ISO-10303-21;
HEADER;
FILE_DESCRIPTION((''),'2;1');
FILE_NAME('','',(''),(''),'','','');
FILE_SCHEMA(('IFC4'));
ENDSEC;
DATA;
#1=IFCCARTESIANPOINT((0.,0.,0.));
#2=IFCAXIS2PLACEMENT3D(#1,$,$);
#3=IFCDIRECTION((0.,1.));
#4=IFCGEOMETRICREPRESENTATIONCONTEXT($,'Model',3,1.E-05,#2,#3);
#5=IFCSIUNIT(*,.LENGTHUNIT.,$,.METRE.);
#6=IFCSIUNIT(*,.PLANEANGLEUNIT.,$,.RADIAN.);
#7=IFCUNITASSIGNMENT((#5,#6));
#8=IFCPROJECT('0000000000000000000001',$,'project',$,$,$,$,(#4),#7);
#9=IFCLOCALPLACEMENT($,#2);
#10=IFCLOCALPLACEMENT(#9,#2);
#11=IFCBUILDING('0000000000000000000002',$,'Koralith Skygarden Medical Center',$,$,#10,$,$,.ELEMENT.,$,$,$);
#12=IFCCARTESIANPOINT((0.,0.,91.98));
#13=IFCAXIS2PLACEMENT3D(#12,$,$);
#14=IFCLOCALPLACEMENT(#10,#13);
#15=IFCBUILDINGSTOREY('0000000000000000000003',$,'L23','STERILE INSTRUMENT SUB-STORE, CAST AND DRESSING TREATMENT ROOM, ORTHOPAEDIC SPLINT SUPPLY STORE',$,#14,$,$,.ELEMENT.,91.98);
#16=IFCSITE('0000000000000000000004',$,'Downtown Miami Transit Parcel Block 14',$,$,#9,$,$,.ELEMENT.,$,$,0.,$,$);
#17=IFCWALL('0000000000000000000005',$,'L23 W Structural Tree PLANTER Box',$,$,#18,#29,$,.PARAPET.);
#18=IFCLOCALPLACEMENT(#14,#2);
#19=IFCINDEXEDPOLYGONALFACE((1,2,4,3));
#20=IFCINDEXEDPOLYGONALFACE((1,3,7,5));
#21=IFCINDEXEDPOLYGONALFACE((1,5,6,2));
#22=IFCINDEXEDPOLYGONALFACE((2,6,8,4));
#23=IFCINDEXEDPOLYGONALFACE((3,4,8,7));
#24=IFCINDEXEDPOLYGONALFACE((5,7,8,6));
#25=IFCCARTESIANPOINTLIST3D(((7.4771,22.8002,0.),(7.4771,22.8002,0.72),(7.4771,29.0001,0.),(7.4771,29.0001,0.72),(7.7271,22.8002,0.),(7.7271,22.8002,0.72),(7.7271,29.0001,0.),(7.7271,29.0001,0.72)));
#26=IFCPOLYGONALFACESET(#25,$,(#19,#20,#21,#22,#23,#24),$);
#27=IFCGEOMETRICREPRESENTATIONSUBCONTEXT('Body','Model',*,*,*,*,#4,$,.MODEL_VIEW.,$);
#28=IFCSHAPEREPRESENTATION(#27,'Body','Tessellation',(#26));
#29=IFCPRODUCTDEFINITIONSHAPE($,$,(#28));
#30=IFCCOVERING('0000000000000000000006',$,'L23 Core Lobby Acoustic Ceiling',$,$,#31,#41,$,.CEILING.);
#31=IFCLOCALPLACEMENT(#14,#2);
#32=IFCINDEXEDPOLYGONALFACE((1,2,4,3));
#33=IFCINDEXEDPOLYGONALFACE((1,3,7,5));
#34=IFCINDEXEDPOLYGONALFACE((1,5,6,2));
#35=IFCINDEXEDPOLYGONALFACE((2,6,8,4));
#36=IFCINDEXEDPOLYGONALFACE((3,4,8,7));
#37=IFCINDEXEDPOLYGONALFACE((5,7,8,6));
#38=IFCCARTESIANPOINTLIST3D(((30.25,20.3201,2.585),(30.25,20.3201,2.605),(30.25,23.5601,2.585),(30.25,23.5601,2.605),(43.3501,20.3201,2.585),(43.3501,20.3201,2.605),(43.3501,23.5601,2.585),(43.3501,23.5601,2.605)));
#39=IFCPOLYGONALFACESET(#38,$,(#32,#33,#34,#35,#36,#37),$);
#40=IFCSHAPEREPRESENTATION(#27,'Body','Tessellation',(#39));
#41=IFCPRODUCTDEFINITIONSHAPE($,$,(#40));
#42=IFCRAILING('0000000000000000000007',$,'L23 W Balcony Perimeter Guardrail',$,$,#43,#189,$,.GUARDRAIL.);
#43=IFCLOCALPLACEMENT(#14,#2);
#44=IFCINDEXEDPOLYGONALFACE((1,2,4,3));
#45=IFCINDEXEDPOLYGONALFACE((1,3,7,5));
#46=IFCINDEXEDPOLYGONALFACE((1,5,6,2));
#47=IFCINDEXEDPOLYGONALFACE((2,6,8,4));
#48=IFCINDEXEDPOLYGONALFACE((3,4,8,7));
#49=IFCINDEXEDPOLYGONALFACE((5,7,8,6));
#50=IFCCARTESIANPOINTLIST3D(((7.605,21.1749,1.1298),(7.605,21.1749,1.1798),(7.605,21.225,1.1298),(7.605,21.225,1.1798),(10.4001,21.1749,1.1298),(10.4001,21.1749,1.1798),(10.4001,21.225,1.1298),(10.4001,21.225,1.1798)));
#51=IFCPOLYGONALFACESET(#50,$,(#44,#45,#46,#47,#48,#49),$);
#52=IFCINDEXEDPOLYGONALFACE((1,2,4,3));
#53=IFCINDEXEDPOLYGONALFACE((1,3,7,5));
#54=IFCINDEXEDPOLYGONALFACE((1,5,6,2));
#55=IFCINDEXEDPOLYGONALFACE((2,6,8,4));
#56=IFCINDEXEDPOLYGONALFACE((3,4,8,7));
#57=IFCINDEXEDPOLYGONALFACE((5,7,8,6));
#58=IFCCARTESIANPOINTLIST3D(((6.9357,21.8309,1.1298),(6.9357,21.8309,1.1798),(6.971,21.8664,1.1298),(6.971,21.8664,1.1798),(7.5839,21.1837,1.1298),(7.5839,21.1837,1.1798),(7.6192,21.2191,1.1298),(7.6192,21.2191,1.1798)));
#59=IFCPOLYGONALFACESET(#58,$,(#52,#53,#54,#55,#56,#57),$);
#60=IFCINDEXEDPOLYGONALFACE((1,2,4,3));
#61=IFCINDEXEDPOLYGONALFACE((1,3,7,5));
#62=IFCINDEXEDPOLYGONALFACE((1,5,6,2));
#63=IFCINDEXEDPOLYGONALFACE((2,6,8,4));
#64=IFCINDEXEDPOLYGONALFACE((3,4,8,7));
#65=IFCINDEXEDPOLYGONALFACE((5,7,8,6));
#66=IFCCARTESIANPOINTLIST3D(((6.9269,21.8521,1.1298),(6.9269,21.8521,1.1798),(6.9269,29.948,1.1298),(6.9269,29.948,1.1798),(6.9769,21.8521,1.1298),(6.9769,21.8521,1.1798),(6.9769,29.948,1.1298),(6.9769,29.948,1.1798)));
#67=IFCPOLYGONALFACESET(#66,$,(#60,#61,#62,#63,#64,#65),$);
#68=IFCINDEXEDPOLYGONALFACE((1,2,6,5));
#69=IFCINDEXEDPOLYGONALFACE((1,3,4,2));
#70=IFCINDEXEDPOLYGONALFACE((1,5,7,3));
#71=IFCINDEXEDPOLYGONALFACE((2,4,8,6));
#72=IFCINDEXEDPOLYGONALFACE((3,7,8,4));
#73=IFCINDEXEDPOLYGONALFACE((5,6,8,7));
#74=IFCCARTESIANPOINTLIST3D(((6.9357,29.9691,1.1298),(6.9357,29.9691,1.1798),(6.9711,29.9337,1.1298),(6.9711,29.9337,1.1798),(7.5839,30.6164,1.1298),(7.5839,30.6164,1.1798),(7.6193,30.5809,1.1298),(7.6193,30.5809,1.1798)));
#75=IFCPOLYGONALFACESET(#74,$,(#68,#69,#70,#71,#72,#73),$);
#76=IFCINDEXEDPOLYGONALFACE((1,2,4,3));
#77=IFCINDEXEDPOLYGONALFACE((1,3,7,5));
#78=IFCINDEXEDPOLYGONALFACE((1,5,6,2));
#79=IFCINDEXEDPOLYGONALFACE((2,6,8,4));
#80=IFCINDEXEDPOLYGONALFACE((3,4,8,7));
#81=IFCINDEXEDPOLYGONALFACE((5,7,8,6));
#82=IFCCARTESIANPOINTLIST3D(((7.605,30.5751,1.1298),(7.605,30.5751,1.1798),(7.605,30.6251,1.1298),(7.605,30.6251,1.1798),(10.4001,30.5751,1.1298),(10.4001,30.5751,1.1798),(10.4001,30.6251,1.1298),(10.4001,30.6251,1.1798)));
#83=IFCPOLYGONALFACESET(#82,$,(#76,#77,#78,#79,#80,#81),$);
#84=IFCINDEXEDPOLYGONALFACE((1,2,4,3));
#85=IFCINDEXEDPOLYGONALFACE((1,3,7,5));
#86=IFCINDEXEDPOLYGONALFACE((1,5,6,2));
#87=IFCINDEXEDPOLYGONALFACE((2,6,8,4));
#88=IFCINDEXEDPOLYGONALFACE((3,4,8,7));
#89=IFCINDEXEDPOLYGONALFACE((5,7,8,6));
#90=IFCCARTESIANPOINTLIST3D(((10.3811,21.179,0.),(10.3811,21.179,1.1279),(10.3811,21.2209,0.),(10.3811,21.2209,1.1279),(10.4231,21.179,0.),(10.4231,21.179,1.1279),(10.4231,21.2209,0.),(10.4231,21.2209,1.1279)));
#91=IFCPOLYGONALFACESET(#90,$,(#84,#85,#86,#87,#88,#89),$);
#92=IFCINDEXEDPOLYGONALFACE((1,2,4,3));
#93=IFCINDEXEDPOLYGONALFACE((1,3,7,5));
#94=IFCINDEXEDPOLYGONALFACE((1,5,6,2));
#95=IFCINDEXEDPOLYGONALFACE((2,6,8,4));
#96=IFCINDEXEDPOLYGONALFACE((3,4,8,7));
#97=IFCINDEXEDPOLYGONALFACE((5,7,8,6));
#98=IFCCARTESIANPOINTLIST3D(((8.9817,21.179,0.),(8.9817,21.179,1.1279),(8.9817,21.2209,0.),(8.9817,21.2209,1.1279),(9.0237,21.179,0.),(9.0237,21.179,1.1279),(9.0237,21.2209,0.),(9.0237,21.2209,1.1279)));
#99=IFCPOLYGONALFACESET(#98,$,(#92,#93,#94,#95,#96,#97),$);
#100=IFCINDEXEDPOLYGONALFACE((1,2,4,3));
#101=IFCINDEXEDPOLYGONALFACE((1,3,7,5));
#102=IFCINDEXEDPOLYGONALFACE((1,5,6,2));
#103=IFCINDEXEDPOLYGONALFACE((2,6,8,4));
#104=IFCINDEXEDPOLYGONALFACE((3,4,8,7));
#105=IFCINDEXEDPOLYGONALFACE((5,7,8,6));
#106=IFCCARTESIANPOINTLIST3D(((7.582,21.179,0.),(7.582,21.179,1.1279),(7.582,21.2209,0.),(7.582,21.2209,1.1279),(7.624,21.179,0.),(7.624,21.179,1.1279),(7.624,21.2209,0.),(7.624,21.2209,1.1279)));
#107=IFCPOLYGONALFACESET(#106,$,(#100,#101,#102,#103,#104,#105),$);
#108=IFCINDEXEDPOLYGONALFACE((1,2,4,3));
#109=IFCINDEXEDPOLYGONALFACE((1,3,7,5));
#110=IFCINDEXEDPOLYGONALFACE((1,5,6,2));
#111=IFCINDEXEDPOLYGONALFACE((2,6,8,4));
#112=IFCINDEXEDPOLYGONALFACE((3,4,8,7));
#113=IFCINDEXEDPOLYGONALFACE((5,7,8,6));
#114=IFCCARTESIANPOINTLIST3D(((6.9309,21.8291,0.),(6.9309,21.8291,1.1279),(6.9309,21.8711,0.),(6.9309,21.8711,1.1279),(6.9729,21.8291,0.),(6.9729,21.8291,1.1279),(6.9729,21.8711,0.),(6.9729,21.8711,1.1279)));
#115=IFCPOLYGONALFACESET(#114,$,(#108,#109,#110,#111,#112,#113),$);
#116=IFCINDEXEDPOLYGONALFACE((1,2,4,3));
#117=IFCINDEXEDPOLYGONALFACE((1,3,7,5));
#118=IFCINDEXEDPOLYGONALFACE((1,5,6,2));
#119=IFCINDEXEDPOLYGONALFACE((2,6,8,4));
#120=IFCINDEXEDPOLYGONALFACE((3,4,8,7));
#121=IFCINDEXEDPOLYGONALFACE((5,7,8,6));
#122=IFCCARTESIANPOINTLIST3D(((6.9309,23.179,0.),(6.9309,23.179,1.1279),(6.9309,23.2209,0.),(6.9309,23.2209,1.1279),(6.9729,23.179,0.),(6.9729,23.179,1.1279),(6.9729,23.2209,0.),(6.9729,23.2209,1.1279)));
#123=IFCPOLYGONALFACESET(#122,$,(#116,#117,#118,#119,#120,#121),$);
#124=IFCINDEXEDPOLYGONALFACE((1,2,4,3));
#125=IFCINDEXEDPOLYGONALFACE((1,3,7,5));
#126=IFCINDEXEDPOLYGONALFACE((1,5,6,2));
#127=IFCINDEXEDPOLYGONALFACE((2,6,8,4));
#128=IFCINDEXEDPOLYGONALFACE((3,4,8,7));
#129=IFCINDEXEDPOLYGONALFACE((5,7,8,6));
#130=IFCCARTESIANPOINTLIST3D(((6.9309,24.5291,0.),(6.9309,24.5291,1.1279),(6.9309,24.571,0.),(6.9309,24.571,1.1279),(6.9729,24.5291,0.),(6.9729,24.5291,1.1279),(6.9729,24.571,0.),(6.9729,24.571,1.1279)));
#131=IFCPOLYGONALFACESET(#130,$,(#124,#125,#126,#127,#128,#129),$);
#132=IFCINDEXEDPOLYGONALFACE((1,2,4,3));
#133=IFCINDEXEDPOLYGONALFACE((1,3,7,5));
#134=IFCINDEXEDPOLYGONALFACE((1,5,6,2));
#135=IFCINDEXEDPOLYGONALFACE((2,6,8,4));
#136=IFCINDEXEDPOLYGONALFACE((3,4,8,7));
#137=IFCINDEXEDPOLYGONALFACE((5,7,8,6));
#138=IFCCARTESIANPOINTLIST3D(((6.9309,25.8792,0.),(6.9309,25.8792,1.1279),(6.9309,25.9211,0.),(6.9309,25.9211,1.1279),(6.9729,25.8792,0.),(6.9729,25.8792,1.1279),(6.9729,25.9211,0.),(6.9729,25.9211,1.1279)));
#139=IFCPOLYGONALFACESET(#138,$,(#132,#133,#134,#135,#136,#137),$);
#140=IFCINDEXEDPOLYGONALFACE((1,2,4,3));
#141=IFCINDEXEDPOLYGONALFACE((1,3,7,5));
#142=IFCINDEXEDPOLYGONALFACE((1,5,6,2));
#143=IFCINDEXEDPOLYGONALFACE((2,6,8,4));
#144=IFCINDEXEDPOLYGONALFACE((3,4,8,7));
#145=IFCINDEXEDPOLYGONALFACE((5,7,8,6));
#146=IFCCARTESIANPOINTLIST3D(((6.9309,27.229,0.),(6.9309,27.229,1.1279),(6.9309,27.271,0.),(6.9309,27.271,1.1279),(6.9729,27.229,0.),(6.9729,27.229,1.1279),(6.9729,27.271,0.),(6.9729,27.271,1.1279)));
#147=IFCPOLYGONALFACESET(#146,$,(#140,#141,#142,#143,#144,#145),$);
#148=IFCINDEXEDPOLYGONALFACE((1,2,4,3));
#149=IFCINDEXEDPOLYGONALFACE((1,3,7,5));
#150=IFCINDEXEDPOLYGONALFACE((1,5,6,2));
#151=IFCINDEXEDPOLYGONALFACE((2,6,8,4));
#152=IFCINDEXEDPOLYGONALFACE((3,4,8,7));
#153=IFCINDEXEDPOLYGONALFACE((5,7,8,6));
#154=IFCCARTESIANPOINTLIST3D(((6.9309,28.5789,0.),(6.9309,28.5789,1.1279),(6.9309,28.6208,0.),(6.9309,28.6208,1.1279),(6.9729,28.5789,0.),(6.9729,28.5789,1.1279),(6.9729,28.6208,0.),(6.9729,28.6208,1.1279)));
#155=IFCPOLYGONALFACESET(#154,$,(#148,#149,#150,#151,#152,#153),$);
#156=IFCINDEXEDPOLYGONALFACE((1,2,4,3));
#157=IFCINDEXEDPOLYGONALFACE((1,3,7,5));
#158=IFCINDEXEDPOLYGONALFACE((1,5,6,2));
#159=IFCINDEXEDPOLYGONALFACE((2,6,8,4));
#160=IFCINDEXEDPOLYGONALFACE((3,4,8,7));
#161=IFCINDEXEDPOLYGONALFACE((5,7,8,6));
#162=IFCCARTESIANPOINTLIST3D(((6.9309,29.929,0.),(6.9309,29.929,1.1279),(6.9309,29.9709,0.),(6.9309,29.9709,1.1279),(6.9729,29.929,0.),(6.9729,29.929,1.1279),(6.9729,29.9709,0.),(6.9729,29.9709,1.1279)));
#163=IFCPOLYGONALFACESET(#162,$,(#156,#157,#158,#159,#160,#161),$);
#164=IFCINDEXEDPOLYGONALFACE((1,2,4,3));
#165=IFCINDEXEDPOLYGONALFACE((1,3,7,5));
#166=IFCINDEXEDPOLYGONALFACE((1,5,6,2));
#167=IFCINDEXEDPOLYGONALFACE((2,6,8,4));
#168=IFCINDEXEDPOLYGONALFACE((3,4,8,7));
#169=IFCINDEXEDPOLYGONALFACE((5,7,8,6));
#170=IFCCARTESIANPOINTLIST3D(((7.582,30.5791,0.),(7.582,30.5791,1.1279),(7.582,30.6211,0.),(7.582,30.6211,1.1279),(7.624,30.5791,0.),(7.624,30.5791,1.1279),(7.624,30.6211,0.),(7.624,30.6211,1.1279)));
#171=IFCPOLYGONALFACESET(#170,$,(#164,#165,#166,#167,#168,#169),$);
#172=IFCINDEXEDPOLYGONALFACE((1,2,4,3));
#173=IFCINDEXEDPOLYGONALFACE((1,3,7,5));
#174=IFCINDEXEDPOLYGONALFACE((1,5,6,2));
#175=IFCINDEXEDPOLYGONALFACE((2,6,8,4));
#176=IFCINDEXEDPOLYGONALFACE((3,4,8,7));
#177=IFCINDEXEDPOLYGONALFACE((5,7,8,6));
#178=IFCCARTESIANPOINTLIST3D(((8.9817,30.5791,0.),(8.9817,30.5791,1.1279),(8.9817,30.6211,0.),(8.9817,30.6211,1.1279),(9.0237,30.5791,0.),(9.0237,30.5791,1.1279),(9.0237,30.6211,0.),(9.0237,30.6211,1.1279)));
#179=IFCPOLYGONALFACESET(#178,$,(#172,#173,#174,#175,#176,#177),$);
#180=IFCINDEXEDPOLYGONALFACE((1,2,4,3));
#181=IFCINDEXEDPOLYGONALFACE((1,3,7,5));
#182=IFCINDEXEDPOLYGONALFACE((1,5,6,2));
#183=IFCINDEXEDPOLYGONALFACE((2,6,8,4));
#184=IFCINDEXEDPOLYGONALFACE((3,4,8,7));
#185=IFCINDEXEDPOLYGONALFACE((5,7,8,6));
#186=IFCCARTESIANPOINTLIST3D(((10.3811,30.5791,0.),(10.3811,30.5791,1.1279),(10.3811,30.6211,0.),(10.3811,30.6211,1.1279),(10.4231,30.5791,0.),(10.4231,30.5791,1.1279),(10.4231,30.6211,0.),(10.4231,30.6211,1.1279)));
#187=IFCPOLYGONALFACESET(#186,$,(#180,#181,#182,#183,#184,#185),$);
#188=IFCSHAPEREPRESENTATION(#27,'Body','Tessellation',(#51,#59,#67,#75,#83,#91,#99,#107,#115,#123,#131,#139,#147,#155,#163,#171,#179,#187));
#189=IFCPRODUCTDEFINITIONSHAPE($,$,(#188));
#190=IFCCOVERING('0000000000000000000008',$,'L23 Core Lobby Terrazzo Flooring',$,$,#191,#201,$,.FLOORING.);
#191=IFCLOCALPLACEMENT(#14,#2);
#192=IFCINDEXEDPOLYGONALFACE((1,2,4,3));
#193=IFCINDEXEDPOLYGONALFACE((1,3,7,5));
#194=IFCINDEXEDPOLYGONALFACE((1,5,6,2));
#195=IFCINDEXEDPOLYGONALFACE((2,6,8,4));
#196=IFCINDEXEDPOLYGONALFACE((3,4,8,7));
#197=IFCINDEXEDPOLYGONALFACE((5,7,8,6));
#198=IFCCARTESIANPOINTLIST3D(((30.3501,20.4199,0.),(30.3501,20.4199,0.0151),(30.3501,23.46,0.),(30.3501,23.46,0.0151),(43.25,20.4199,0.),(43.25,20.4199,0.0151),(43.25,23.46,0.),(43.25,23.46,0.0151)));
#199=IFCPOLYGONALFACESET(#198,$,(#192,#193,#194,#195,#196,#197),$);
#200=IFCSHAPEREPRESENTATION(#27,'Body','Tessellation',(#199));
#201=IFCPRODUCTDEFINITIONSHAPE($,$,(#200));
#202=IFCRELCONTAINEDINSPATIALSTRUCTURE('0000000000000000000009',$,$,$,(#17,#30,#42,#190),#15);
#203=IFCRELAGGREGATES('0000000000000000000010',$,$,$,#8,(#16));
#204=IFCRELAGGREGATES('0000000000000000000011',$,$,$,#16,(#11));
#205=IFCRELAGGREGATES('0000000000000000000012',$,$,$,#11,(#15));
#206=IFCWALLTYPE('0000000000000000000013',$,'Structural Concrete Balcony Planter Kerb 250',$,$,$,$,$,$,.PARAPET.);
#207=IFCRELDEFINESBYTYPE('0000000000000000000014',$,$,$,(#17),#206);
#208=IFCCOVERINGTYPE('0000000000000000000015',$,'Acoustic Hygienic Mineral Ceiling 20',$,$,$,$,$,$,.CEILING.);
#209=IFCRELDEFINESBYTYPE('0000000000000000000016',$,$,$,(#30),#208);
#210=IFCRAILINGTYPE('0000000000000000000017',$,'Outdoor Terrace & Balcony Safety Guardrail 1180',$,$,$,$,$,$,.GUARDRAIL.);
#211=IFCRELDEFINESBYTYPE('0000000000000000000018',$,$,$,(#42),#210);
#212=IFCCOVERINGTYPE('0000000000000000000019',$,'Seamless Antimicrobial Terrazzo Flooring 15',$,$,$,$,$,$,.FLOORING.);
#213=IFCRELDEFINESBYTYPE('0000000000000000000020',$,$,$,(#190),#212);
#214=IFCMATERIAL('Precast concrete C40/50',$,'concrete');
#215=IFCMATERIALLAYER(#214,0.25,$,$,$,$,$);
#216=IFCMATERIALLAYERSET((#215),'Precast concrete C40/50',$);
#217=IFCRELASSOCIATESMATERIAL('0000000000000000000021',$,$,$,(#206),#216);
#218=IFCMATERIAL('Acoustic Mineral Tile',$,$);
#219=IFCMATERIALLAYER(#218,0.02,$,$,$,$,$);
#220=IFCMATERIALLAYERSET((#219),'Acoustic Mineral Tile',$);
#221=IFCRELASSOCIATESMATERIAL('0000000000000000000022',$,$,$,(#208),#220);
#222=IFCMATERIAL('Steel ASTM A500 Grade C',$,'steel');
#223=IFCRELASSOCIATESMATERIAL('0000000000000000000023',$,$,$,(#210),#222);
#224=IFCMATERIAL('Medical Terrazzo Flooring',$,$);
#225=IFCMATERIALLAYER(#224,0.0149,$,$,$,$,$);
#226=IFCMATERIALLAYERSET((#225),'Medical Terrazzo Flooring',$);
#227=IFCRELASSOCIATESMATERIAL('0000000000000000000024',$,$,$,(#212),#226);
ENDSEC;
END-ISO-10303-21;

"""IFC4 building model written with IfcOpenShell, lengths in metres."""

from ifc_helpers import new_model, si_unit, direction, frame, frame_2d, origin, origin_2d, place, context, subcontext, project, spatial, polyline, rectangle, outline, extrude, material, layer, layer_set, type_object, element, save


model = new_model("IFC4")

# Units and contexts
model_context = context("Model", 3, precision=1e-05, world=origin(), true_north=direction((0.0, 1.0)))
body_context = subcontext(model_context, "Body", "Model", "MODEL_VIEW")
ifc_project = project(units=[si_unit("LENGTHUNIT", "METRE"), si_unit("PLANEANGLEUNIT", "RADIAN")], contexts=[model_context])

# Site, building, storey
site_placement = place(None, origin())
site = spatial("IfcSite", under=ifc_project, at=site_placement, Name="Downtown Miami Transit Parcel Block 14", CompositionType="ELEMENT", RefElevation=0.0)
building_placement = place(site_placement, origin())
building = spatial("IfcBuilding", under=site, at=building_placement, Name="Koralith Skygarden Medical Center", CompositionType="ELEMENT")
storey_placement = place(building_placement, frame((0.0, 0.0, 91.98)))
storey = spatial("IfcBuildingStorey", under=building, at=storey_placement, Name="L23", Description="STERILE INSTRUMENT SUB-STORE, CAST AND DRESSING TREATMENT ROOM, ORTHOPAEDIC SPLINT SUPPLY STORE", CompositionType="ELEMENT", Elevation=91.98)

# Wall
ifc_material_1 = material(Name="Precast concrete C40/50", Category="concrete")
ifc_layer_1 = layer(ifc_material_1, 0.25)
ifc_layer_set_1 = layer_set([ifc_layer_1], Name="Precast concrete C40/50")
wall_type_1 = type_object("IfcWallType", Name="Structural Concrete Balcony Planter Kerb 250", PredefinedType="PARAPET", material=ifc_layer_set_1)
wall_1_placement = place(storey_placement, frame((7.6021, 22.8, 0.0), z_axis=(0.0, 0.0, 1.0), x_axis=(0.0, 1.0, 0.0)))
element("IfcWall", 1, at=wall_1_placement, inside=storey, type_object=wall_type_1, Name="L23 W Structural Tree PLANTER Box", PredefinedType="PARAPET", context=body_context, shape_type="SweptSolid", body=[
    extrude(rectangle(XDim=6.2, YDim=0.25, at=frame_2d((3.1001, 0.0))), origin(), (0.0, 0.0, 1.0), 0.72),
])

# Covering
ifc_material_2 = material(Name="Acoustic Mineral Tile")
ifc_layer_2 = layer(ifc_material_2, 0.02)
ifc_layer_set_2 = layer_set([ifc_layer_2], Name="Acoustic Mineral Tile")
covering_type_1 = type_object("IfcCoveringType", Name="Acoustic Hygienic Mineral Ceiling 20", PredefinedType="CEILING", material=ifc_layer_set_2)
covering_1_placement = place(storey_placement, frame((0.0, 0.0, 2.585)))
element("IfcCovering", 2, at=covering_1_placement, inside=storey, type_object=covering_type_1, Name="L23 Core Lobby Acoustic Ceiling", PredefinedType="CEILING", context=body_context, shape_type="SweptSolid", body=[
    extrude(outline(polyline([(30.25, 20.3201), (43.3501, 20.3201), (43.3501, 23.5601), (30.25, 23.5601), (30.25, 20.3201)])), origin(), (0.0, 0.0, 1.0), 0.02),
])

# Railing
ifc_material_3 = material(Name="Steel ASTM A500 Grade C", Category="steel")
railing_type = type_object("IfcRailingType", Name="Outdoor Terrace & Balcony Safety Guardrail 1180", PredefinedType="GUARDRAIL", material=ifc_material_3)
railing_placement = place(storey_placement, frame((10.4021, 21.2, 0.0)))
element("IfcRailing", 3, at=railing_placement, inside=storey, type_object=railing_type, Name="L23 W Balcony Perimeter Guardrail", PredefinedType="GUARDRAIL", context=body_context, shape_type="SweptSolid", body=[
    extrude(rectangle(XDim=0.05, YDim=0.05, at=origin_2d()), frame((-0.002, 0.0, 1.1548), z_axis=(-1.0, 0.0, 0.0), x_axis=(0.0, -1.0, 0.0)), (0.0, 0.0, 1.0), 2.7952),
    extrude(rectangle(XDim=0.05, YDim=0.05, at=origin_2d()), frame((-2.8005, 0.0015, 1.1548), z_axis=(-0.707637, 0.706576, 0.0), x_axis=(-0.706576, -0.707637, 0.0)), (0.0, 0.0, 1.0), 0.916),
    extrude(rectangle(XDim=0.05, YDim=0.05, at=origin_2d()), frame((-3.4502, 0.6521, 1.1548), z_axis=(0.0, 1.0, 0.0), x_axis=(-1.0, 0.0, 0.0)), (0.0, 0.0, 1.0), 8.0959),
    extrude(rectangle(XDim=0.05, YDim=0.05, at=origin_2d()), frame((-3.4487, 8.7515, 1.1548), z_axis=(0.707637, 0.706576, 0.0), x_axis=(-0.706576, 0.707637, 0.0)), (0.0, 0.0, 1.0), 0.916),
    extrude(rectangle(XDim=0.05, YDim=0.05, at=origin_2d()), frame((-2.7971, 9.4001, 1.1548), z_axis=(1.0, 0.0, 0.0), x_axis=(0.0, 1.0, 0.0)), (0.0, 0.0, 1.0), 2.7952),
    extrude(rectangle(XDim=0.042, YDim=0.042, at=origin_2d()), origin(), (0.0, 0.0, 1.0), 1.1279),
    extrude(rectangle(XDim=0.042, YDim=0.042, at=origin_2d()), frame((-1.3994, 0.0, 0.0)), (0.0, 0.0, 1.0), 1.1279),
    extrude(rectangle(XDim=0.042, YDim=0.042, at=origin_2d()), frame((-2.7991, 0.0, 0.0)), (0.0, 0.0, 1.0), 1.1279),
    extrude(rectangle(XDim=0.042, YDim=0.042, at=origin_2d()), frame((-3.4502, 0.6501, 0.0)), (0.0, 0.0, 1.0), 1.1279),
    extrude(rectangle(XDim=0.042, YDim=0.042, at=origin_2d()), frame((-3.4502, 2.0, 0.0)), (0.0, 0.0, 1.0), 1.1279),
    extrude(rectangle(XDim=0.042, YDim=0.042, at=origin_2d()), frame((-3.4502, 3.3501, 0.0)), (0.0, 0.0, 1.0), 1.1279),
    extrude(rectangle(XDim=0.042, YDim=0.042, at=origin_2d()), frame((-3.4502, 4.7002, 0.0)), (0.0, 0.0, 1.0), 1.1279),
    extrude(rectangle(XDim=0.042, YDim=0.042, at=origin_2d()), frame((-3.4502, 6.05, 0.0)), (0.0, 0.0, 1.0), 1.1279),
    extrude(rectangle(XDim=0.042, YDim=0.042, at=origin_2d()), frame((-3.4502, 7.3999, 0.0)), (0.0, 0.0, 1.0), 1.1279),
    extrude(rectangle(XDim=0.042, YDim=0.042, at=origin_2d()), frame((-3.4502, 8.75, 0.0)), (0.0, 0.0, 1.0), 1.1279),
    extrude(rectangle(XDim=0.042, YDim=0.042, at=origin_2d()), frame((-2.7991, 9.4001, 0.0)), (0.0, 0.0, 1.0), 1.1279),
    extrude(rectangle(XDim=0.042, YDim=0.042, at=origin_2d()), frame((-1.3994, 9.4001, 0.0)), (0.0, 0.0, 1.0), 1.1279),
    extrude(rectangle(XDim=0.042, YDim=0.042, at=origin_2d()), frame((0.0, 9.4001, 0.0)), (0.0, 0.0, 1.0), 1.1279),
])

# Covering
ifc_material_4 = material(Name="Medical Terrazzo Flooring")
ifc_layer_3 = layer(ifc_material_4, 0.0149)
ifc_layer_set_3 = layer_set([ifc_layer_3], Name="Medical Terrazzo Flooring")
covering_type_2 = type_object("IfcCoveringType", Name="Seamless Antimicrobial Terrazzo Flooring 15", PredefinedType="FLOORING", material=ifc_layer_set_3)
covering_2_placement = place(storey_placement, origin())
element("IfcCovering", 4, at=covering_2_placement, inside=storey, type_object=covering_type_2, Name="L23 Core Lobby Terrazzo Flooring", PredefinedType="FLOORING", context=body_context, shape_type="SweptSolid", body=[
    extrude(outline(polyline([(30.3501, 20.4199), (43.25, 20.4199), (43.25, 23.46), (30.3501, 23.46), (30.3501, 20.4199)])), origin(), (0.0, 0.0, 1.0), 0.0151),
])

save(model, "model.ifc")
